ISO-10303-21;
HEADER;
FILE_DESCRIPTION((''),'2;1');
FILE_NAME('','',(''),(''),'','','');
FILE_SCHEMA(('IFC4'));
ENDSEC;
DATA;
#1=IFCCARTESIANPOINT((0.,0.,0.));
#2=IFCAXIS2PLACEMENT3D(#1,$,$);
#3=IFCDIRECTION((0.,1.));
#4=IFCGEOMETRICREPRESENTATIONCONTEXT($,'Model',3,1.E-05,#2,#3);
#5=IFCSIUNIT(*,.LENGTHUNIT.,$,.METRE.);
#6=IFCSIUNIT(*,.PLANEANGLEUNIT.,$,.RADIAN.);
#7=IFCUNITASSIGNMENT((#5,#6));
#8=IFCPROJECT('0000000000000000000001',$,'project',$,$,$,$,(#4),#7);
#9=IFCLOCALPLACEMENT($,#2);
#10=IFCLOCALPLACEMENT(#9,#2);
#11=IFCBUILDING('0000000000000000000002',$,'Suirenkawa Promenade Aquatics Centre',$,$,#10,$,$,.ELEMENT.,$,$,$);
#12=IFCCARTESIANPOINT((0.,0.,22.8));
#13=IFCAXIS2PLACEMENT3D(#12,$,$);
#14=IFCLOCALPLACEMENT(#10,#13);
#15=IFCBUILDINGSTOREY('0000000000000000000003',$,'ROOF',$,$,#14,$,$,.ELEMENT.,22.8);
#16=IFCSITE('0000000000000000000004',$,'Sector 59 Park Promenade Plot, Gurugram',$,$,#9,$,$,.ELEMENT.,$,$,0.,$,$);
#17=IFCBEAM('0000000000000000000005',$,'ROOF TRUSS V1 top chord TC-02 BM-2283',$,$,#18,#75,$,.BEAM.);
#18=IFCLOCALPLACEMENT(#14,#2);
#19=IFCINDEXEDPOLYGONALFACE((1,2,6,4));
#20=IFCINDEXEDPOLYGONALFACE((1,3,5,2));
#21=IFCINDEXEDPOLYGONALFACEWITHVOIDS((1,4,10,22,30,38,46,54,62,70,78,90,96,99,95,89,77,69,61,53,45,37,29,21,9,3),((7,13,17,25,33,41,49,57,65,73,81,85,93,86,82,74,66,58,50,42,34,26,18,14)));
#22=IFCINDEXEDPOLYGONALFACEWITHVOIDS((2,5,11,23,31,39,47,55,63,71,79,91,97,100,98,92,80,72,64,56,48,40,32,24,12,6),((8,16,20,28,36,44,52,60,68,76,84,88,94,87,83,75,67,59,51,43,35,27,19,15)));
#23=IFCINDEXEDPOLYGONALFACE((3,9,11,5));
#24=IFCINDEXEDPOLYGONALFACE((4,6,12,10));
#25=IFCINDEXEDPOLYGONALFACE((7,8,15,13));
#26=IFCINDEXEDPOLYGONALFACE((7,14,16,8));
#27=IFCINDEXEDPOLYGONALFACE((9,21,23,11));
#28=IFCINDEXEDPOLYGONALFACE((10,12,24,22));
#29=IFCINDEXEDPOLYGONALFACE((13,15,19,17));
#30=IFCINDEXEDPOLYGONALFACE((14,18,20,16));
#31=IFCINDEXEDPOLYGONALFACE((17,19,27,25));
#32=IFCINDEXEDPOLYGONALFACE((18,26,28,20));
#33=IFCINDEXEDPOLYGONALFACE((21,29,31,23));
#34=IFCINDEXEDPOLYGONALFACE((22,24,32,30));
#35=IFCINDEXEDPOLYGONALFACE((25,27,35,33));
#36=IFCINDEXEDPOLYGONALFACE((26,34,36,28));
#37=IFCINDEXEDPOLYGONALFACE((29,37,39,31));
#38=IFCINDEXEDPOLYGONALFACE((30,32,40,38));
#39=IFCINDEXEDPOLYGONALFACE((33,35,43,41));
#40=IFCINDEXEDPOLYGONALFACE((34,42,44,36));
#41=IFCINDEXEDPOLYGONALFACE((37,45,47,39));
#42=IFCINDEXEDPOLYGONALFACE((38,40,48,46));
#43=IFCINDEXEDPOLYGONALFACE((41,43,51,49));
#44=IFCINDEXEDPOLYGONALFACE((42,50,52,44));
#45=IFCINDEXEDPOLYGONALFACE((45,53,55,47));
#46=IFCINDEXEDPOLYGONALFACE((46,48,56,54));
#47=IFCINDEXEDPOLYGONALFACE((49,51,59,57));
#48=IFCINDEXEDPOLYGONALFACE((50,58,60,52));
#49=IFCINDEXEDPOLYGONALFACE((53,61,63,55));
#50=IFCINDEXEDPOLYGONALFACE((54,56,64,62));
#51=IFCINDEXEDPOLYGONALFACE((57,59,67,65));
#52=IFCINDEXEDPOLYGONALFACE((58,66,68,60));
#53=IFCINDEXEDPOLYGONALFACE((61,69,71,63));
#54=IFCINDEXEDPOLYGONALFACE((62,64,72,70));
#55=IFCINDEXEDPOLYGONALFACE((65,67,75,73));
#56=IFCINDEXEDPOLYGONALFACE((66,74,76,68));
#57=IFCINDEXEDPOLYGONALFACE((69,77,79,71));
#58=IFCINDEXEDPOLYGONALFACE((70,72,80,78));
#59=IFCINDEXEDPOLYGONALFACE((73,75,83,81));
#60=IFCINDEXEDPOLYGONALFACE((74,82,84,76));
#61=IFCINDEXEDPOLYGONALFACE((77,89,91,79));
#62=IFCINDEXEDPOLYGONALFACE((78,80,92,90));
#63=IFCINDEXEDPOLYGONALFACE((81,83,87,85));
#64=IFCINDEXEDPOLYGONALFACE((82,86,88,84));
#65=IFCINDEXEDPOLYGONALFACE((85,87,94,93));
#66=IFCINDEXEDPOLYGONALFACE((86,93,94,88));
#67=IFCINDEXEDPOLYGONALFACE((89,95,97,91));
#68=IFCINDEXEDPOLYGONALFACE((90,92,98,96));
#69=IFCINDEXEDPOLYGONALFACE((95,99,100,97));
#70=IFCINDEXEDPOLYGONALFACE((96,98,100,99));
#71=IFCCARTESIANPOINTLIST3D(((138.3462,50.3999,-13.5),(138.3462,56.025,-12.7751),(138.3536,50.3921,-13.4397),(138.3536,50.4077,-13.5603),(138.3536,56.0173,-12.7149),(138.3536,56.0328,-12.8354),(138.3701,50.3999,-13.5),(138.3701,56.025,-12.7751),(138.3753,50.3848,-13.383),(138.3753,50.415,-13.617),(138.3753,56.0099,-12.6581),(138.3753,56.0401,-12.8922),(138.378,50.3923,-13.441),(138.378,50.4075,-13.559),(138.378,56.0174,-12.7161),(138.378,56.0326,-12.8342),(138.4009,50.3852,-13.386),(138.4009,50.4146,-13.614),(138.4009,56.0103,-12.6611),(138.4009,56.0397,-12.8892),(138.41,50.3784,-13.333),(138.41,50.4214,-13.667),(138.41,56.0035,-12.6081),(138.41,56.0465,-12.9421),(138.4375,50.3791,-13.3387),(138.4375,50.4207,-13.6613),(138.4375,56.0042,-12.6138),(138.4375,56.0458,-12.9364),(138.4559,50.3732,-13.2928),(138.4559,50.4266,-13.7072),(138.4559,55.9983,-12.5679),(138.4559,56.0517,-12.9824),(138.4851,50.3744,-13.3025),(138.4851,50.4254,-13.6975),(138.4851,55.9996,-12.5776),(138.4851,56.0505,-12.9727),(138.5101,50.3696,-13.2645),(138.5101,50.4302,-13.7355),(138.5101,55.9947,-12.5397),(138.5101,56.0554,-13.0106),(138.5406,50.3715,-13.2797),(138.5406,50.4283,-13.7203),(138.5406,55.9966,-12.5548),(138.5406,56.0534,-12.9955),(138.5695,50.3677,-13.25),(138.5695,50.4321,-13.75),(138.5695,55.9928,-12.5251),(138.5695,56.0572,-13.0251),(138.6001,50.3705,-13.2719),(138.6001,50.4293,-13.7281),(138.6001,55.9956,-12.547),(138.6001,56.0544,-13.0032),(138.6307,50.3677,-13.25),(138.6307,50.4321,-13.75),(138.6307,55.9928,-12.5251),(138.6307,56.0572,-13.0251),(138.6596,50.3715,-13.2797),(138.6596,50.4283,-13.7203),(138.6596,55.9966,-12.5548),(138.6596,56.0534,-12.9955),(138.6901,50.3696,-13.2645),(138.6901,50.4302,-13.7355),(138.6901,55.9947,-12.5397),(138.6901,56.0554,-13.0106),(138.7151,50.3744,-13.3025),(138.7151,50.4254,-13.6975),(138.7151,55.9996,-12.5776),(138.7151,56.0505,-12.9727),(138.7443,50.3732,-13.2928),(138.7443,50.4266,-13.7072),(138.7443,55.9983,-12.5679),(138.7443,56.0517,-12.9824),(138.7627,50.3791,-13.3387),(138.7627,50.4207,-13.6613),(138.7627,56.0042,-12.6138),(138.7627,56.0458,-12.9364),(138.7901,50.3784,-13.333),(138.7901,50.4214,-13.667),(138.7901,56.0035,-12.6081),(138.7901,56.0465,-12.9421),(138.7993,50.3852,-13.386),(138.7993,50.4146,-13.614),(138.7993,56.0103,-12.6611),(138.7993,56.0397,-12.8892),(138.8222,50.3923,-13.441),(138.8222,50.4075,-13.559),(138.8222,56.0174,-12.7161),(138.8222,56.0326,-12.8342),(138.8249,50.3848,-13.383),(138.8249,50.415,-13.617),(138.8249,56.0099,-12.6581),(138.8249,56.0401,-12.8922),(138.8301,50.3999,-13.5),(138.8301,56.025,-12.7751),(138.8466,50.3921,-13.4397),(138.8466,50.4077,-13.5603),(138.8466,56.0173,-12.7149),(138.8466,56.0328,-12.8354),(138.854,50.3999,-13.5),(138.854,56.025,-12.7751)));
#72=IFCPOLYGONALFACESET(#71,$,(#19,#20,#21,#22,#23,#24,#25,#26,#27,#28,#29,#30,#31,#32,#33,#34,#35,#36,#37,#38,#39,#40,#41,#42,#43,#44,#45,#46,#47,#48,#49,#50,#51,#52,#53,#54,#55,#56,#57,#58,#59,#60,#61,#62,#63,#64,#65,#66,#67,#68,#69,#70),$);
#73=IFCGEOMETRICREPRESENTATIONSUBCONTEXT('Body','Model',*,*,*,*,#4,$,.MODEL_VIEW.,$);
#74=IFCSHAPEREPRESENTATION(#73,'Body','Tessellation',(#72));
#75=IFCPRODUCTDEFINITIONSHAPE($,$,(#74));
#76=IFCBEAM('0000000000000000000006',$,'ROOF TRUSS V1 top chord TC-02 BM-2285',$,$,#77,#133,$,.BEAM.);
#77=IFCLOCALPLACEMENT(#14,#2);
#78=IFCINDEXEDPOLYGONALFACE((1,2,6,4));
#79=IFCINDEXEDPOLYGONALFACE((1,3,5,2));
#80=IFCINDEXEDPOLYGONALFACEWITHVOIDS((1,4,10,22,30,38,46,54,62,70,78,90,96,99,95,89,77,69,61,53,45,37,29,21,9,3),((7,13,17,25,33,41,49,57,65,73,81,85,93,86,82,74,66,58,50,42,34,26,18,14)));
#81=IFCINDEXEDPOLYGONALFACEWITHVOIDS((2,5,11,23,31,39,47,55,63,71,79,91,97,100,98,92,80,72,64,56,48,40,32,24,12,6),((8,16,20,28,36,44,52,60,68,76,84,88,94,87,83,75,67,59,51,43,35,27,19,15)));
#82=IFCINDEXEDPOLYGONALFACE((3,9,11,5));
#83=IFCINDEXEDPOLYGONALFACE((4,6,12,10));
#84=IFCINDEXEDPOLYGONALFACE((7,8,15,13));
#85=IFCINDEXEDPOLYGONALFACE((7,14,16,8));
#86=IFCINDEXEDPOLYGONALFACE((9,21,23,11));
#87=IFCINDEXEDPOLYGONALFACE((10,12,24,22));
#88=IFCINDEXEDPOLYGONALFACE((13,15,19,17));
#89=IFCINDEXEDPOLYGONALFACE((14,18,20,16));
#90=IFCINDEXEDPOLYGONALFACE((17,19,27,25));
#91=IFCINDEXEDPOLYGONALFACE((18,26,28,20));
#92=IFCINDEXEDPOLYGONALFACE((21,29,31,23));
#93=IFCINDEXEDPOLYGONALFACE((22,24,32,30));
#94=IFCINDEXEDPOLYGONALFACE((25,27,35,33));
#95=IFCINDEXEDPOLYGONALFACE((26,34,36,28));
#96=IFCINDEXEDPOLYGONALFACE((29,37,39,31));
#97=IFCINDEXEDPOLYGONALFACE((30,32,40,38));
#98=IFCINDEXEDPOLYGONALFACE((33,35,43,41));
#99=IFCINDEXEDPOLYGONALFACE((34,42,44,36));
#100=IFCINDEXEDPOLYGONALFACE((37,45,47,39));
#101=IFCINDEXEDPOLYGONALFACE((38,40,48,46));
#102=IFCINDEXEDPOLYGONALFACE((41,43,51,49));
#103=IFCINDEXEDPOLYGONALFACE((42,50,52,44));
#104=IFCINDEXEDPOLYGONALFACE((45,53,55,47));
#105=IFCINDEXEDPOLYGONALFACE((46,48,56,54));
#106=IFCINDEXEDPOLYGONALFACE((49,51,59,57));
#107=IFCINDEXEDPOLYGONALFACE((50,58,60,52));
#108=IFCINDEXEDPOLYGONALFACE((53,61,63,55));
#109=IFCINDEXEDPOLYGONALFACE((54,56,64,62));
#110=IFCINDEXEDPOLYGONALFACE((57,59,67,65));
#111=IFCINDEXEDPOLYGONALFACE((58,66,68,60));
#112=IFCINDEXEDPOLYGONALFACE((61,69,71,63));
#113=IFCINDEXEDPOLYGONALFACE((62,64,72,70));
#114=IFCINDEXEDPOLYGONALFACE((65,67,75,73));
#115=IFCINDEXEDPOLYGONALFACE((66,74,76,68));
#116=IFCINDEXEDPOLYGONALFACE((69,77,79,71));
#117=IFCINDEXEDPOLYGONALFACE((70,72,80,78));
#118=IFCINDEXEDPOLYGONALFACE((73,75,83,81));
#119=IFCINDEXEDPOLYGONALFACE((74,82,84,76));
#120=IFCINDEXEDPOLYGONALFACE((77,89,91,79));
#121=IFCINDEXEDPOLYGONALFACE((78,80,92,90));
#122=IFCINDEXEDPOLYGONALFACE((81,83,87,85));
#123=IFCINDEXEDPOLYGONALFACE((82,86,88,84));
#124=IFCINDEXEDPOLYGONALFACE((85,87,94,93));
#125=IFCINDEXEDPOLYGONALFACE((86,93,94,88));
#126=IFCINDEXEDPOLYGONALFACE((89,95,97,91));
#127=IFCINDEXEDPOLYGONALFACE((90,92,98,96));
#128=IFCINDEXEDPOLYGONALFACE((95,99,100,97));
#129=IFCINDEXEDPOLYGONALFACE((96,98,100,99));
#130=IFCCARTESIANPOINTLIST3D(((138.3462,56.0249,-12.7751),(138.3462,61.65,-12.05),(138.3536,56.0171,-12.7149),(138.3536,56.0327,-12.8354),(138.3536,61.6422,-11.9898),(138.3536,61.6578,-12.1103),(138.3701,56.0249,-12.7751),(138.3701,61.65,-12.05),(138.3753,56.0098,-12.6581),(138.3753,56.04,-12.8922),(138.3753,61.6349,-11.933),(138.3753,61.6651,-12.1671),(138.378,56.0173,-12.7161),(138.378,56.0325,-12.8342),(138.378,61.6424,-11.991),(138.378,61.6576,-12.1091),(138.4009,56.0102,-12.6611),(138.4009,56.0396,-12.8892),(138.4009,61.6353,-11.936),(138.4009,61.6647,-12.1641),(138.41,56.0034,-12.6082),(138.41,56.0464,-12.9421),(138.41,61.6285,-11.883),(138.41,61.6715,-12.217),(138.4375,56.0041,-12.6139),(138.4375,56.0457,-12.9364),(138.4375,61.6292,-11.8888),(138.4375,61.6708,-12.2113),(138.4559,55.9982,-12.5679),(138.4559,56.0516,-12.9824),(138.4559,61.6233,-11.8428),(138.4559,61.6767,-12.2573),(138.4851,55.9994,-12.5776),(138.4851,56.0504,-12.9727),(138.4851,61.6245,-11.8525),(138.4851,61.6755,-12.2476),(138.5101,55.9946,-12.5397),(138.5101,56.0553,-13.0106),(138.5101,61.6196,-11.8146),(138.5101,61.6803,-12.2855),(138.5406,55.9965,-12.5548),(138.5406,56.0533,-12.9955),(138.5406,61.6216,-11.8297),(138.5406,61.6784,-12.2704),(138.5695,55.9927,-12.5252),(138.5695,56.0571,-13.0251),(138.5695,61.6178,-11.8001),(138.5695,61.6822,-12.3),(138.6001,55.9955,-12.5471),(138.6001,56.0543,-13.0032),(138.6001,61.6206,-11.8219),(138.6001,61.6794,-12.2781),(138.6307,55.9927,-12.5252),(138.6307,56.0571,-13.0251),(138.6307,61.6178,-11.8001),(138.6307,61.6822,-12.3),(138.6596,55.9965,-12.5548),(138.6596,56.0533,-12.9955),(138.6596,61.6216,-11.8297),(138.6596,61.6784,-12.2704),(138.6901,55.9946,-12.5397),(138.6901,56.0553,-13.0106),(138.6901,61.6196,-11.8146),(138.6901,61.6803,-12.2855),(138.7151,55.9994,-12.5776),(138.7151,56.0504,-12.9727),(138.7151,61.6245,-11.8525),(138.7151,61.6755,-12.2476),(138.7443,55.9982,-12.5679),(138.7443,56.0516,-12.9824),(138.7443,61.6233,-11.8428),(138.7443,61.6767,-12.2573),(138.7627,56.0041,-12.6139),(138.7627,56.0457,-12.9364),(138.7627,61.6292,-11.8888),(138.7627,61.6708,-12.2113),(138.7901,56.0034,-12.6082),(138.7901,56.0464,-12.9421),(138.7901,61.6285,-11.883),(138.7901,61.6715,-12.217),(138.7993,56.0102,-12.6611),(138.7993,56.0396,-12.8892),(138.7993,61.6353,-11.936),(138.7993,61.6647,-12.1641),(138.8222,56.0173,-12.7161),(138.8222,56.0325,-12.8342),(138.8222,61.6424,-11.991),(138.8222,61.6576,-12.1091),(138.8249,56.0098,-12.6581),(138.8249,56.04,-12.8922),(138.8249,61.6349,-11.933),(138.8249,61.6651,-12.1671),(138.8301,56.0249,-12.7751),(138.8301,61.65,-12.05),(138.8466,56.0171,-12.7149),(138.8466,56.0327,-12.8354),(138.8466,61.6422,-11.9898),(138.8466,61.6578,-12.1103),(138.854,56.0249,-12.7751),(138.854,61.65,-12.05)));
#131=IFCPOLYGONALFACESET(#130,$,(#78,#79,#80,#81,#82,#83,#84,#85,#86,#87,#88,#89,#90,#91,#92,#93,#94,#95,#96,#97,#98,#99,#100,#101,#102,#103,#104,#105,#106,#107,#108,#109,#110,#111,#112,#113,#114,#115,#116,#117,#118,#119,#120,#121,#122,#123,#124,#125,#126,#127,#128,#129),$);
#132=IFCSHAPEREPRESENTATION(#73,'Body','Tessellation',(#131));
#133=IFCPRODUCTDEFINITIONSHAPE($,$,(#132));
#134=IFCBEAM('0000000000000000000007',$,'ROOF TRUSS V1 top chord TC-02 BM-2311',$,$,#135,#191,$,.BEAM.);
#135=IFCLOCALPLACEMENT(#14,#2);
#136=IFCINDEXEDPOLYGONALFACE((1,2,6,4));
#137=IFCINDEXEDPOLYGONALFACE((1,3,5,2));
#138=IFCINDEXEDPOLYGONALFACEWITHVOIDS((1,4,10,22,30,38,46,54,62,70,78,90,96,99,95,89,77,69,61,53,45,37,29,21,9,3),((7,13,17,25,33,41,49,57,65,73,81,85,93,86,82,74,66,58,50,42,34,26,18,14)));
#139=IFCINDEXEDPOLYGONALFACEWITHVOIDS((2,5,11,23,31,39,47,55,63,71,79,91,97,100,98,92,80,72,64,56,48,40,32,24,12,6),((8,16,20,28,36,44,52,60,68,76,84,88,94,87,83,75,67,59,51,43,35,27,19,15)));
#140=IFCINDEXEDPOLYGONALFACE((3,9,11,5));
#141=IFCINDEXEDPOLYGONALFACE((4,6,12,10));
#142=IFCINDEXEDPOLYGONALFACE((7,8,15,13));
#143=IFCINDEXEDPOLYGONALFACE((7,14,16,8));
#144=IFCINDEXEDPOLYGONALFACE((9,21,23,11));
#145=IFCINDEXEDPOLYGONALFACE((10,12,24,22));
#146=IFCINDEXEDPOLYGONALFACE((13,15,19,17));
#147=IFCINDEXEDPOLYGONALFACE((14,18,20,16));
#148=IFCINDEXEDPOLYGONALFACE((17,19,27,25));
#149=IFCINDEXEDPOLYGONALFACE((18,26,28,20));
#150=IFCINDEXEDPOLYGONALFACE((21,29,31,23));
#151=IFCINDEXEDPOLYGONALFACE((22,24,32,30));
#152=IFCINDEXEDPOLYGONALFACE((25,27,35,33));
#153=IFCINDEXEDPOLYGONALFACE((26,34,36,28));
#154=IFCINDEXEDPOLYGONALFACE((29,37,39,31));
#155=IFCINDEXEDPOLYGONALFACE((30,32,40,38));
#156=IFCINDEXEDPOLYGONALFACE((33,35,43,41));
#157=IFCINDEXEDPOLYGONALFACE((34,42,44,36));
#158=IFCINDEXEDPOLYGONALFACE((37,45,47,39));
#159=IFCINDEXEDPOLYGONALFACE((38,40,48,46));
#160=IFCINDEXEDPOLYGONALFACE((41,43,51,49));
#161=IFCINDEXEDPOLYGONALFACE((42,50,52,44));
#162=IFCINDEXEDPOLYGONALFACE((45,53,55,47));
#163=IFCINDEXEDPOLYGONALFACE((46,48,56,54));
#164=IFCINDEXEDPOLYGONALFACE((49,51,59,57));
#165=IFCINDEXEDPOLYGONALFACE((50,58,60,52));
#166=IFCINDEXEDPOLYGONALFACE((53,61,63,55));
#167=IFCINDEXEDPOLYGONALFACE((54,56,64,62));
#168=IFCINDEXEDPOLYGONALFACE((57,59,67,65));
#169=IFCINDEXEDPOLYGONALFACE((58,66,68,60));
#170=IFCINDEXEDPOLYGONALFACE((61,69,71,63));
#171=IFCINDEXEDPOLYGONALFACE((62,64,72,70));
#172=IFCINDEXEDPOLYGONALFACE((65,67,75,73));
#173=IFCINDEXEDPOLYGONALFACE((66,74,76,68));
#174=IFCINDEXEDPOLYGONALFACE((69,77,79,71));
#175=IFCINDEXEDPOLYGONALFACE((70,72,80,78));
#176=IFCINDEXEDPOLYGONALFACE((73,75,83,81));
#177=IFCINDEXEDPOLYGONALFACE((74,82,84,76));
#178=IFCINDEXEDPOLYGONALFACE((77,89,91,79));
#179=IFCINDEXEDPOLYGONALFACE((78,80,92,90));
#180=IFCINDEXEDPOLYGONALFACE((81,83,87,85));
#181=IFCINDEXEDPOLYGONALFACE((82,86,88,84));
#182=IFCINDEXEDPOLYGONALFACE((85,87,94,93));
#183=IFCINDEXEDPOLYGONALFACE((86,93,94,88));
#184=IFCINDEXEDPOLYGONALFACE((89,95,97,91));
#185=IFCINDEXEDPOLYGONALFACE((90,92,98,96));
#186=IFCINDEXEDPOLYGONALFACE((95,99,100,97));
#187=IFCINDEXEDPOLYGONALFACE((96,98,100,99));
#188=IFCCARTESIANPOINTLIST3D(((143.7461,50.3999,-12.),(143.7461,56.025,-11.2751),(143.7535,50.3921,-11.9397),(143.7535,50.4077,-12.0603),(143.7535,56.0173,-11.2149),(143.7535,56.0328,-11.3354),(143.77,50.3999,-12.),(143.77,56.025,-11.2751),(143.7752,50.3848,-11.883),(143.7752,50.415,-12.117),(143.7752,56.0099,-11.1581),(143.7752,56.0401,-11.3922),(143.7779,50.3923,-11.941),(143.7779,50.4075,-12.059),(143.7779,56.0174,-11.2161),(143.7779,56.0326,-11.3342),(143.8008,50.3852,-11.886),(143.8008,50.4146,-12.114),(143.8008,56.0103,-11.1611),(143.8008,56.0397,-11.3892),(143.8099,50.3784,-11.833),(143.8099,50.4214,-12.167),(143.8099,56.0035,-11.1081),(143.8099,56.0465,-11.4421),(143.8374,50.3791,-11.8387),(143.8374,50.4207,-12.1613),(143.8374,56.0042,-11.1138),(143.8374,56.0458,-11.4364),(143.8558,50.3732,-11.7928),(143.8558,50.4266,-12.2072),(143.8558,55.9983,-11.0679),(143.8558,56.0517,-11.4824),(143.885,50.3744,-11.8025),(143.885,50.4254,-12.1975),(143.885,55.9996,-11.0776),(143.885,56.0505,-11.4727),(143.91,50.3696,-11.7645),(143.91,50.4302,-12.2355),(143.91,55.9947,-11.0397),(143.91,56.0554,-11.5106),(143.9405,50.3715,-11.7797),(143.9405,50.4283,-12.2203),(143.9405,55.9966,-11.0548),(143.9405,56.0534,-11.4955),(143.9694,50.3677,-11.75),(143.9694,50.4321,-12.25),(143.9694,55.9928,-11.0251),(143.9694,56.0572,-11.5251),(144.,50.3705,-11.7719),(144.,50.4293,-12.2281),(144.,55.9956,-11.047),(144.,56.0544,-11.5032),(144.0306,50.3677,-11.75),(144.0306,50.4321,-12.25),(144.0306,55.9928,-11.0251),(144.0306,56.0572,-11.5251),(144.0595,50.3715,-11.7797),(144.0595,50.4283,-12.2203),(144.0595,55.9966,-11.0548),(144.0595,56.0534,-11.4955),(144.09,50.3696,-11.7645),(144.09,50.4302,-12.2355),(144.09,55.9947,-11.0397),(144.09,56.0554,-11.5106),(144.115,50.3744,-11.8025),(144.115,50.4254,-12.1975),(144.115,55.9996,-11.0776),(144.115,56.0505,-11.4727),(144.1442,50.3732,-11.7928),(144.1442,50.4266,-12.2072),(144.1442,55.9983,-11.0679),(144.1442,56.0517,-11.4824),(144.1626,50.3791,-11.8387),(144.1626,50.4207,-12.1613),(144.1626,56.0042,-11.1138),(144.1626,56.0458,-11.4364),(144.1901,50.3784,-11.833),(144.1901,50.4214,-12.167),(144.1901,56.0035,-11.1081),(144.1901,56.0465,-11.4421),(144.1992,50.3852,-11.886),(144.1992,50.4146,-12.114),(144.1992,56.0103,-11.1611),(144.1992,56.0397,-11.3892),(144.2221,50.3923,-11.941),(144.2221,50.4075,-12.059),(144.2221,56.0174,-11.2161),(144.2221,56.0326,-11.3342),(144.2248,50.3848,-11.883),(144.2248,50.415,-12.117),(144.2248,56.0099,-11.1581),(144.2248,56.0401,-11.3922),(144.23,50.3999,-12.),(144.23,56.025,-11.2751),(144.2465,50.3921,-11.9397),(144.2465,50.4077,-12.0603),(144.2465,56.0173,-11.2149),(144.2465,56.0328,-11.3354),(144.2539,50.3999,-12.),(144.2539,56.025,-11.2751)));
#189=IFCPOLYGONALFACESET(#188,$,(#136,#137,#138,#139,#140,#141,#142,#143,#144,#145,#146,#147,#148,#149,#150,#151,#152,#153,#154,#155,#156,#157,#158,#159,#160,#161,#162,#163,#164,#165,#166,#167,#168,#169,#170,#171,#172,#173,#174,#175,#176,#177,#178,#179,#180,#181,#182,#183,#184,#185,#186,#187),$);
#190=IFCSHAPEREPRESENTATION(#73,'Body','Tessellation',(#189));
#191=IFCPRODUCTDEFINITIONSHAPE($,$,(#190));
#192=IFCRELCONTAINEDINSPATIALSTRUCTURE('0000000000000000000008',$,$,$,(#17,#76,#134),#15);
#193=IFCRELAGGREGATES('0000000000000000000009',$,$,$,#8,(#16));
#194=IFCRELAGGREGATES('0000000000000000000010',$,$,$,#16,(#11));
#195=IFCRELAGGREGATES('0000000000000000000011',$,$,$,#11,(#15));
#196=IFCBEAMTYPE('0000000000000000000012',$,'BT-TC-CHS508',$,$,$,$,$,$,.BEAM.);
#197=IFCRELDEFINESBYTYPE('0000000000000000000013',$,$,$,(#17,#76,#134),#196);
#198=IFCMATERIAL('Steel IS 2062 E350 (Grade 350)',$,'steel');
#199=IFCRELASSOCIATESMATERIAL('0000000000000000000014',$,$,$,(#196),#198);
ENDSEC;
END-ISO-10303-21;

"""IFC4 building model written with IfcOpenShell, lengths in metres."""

from ifc_helpers import new_model, si_unit, direction, frame, origin, origin_2d, place, context, subcontext, project, spatial, hollow_circle, extrude, material, material_profile, profile_set, type_object, element, save


model = new_model("IFC4")

# Units and contexts
model_context = context("Model", 3, precision=1e-05, world=origin(), true_north=direction((0.0, 1.0)))
body_context = subcontext(model_context, "Body", "Model", "MODEL_VIEW")
ifc_project = project(units=[si_unit("LENGTHUNIT", "METRE"), si_unit("PLANEANGLEUNIT", "RADIAN")], contexts=[model_context])

# Site, building, storey
site_placement = place(None, origin())
site = spatial("IfcSite", under=ifc_project, at=site_placement, Name="Sector 59 Park Promenade Plot, Gurugram", CompositionType="ELEMENT", RefElevation=0.0)
building_placement = place(site_placement, origin())
building = spatial("IfcBuilding", under=site, at=building_placement, Name="Suirenkawa Promenade Aquatics Centre", CompositionType="ELEMENT")
storey_placement = place(building_placement, frame((0.0, 0.0, 22.8)))
storey = spatial("IfcBuildingStorey", under=building, at=storey_placement, Name="ROOF", CompositionType="ELEMENT", Elevation=22.8)

# Beams
ifc_material_1 = material(Name="Steel IS 2062 E350 (Grade 350)", Category="steel")
ifc_material_profile_1 = material_profile(ifc_material_1, hollow_circle(Radius=0.2539, WallThickness=0.0239, at=origin_2d()), Name="CHS 508x24", Category="steel")
ifc_profile_set_1 = profile_set([ifc_material_profile_1], Name="Steel IS 2062 E350 (Grade 350)")
beam_type_1 = type_object("IfcBeamType", Name="BT-TC-CHS508", PredefinedType="BEAM", material=ifc_profile_set_1)
for number, where, z_axis, x_axis, name in (
    (1, (138.6001, 50.3999, -13.5), (0.0, 0.991799, 0.127806), (-1.0, 0.0, 0.0), "ROOF TRUSS V1 top chord TC-02 BM-2283"),
    (2, (138.6001, 56.0249, -12.7751), (0.0, 0.991794, 0.127848), (-1.0, 0.0, 0.0), "ROOF TRUSS V1 top chord TC-02 BM-2285"),
    (3, (144.0, 50.3999, -12.0), (0.0, 0.991799, 0.127806), (-1.0, 0.0, 0.0), "ROOF TRUSS V1 top chord TC-02 BM-2311"),
):
    element("IfcBeam", number, at=place(storey_placement, frame(where, z_axis=z_axis, x_axis=x_axis)), inside=storey, type_object=beam_type_1, Name=name, PredefinedType="BEAM", context=body_context, shape_type="SweptSolid", body=[
        extrude(hollow_circle(Radius=0.2539, WallThickness=0.0239, at=origin_2d()), origin(), (0.0, 0.0, 1.0), 5.6716),
    ])

save(model, "model.ifc")
